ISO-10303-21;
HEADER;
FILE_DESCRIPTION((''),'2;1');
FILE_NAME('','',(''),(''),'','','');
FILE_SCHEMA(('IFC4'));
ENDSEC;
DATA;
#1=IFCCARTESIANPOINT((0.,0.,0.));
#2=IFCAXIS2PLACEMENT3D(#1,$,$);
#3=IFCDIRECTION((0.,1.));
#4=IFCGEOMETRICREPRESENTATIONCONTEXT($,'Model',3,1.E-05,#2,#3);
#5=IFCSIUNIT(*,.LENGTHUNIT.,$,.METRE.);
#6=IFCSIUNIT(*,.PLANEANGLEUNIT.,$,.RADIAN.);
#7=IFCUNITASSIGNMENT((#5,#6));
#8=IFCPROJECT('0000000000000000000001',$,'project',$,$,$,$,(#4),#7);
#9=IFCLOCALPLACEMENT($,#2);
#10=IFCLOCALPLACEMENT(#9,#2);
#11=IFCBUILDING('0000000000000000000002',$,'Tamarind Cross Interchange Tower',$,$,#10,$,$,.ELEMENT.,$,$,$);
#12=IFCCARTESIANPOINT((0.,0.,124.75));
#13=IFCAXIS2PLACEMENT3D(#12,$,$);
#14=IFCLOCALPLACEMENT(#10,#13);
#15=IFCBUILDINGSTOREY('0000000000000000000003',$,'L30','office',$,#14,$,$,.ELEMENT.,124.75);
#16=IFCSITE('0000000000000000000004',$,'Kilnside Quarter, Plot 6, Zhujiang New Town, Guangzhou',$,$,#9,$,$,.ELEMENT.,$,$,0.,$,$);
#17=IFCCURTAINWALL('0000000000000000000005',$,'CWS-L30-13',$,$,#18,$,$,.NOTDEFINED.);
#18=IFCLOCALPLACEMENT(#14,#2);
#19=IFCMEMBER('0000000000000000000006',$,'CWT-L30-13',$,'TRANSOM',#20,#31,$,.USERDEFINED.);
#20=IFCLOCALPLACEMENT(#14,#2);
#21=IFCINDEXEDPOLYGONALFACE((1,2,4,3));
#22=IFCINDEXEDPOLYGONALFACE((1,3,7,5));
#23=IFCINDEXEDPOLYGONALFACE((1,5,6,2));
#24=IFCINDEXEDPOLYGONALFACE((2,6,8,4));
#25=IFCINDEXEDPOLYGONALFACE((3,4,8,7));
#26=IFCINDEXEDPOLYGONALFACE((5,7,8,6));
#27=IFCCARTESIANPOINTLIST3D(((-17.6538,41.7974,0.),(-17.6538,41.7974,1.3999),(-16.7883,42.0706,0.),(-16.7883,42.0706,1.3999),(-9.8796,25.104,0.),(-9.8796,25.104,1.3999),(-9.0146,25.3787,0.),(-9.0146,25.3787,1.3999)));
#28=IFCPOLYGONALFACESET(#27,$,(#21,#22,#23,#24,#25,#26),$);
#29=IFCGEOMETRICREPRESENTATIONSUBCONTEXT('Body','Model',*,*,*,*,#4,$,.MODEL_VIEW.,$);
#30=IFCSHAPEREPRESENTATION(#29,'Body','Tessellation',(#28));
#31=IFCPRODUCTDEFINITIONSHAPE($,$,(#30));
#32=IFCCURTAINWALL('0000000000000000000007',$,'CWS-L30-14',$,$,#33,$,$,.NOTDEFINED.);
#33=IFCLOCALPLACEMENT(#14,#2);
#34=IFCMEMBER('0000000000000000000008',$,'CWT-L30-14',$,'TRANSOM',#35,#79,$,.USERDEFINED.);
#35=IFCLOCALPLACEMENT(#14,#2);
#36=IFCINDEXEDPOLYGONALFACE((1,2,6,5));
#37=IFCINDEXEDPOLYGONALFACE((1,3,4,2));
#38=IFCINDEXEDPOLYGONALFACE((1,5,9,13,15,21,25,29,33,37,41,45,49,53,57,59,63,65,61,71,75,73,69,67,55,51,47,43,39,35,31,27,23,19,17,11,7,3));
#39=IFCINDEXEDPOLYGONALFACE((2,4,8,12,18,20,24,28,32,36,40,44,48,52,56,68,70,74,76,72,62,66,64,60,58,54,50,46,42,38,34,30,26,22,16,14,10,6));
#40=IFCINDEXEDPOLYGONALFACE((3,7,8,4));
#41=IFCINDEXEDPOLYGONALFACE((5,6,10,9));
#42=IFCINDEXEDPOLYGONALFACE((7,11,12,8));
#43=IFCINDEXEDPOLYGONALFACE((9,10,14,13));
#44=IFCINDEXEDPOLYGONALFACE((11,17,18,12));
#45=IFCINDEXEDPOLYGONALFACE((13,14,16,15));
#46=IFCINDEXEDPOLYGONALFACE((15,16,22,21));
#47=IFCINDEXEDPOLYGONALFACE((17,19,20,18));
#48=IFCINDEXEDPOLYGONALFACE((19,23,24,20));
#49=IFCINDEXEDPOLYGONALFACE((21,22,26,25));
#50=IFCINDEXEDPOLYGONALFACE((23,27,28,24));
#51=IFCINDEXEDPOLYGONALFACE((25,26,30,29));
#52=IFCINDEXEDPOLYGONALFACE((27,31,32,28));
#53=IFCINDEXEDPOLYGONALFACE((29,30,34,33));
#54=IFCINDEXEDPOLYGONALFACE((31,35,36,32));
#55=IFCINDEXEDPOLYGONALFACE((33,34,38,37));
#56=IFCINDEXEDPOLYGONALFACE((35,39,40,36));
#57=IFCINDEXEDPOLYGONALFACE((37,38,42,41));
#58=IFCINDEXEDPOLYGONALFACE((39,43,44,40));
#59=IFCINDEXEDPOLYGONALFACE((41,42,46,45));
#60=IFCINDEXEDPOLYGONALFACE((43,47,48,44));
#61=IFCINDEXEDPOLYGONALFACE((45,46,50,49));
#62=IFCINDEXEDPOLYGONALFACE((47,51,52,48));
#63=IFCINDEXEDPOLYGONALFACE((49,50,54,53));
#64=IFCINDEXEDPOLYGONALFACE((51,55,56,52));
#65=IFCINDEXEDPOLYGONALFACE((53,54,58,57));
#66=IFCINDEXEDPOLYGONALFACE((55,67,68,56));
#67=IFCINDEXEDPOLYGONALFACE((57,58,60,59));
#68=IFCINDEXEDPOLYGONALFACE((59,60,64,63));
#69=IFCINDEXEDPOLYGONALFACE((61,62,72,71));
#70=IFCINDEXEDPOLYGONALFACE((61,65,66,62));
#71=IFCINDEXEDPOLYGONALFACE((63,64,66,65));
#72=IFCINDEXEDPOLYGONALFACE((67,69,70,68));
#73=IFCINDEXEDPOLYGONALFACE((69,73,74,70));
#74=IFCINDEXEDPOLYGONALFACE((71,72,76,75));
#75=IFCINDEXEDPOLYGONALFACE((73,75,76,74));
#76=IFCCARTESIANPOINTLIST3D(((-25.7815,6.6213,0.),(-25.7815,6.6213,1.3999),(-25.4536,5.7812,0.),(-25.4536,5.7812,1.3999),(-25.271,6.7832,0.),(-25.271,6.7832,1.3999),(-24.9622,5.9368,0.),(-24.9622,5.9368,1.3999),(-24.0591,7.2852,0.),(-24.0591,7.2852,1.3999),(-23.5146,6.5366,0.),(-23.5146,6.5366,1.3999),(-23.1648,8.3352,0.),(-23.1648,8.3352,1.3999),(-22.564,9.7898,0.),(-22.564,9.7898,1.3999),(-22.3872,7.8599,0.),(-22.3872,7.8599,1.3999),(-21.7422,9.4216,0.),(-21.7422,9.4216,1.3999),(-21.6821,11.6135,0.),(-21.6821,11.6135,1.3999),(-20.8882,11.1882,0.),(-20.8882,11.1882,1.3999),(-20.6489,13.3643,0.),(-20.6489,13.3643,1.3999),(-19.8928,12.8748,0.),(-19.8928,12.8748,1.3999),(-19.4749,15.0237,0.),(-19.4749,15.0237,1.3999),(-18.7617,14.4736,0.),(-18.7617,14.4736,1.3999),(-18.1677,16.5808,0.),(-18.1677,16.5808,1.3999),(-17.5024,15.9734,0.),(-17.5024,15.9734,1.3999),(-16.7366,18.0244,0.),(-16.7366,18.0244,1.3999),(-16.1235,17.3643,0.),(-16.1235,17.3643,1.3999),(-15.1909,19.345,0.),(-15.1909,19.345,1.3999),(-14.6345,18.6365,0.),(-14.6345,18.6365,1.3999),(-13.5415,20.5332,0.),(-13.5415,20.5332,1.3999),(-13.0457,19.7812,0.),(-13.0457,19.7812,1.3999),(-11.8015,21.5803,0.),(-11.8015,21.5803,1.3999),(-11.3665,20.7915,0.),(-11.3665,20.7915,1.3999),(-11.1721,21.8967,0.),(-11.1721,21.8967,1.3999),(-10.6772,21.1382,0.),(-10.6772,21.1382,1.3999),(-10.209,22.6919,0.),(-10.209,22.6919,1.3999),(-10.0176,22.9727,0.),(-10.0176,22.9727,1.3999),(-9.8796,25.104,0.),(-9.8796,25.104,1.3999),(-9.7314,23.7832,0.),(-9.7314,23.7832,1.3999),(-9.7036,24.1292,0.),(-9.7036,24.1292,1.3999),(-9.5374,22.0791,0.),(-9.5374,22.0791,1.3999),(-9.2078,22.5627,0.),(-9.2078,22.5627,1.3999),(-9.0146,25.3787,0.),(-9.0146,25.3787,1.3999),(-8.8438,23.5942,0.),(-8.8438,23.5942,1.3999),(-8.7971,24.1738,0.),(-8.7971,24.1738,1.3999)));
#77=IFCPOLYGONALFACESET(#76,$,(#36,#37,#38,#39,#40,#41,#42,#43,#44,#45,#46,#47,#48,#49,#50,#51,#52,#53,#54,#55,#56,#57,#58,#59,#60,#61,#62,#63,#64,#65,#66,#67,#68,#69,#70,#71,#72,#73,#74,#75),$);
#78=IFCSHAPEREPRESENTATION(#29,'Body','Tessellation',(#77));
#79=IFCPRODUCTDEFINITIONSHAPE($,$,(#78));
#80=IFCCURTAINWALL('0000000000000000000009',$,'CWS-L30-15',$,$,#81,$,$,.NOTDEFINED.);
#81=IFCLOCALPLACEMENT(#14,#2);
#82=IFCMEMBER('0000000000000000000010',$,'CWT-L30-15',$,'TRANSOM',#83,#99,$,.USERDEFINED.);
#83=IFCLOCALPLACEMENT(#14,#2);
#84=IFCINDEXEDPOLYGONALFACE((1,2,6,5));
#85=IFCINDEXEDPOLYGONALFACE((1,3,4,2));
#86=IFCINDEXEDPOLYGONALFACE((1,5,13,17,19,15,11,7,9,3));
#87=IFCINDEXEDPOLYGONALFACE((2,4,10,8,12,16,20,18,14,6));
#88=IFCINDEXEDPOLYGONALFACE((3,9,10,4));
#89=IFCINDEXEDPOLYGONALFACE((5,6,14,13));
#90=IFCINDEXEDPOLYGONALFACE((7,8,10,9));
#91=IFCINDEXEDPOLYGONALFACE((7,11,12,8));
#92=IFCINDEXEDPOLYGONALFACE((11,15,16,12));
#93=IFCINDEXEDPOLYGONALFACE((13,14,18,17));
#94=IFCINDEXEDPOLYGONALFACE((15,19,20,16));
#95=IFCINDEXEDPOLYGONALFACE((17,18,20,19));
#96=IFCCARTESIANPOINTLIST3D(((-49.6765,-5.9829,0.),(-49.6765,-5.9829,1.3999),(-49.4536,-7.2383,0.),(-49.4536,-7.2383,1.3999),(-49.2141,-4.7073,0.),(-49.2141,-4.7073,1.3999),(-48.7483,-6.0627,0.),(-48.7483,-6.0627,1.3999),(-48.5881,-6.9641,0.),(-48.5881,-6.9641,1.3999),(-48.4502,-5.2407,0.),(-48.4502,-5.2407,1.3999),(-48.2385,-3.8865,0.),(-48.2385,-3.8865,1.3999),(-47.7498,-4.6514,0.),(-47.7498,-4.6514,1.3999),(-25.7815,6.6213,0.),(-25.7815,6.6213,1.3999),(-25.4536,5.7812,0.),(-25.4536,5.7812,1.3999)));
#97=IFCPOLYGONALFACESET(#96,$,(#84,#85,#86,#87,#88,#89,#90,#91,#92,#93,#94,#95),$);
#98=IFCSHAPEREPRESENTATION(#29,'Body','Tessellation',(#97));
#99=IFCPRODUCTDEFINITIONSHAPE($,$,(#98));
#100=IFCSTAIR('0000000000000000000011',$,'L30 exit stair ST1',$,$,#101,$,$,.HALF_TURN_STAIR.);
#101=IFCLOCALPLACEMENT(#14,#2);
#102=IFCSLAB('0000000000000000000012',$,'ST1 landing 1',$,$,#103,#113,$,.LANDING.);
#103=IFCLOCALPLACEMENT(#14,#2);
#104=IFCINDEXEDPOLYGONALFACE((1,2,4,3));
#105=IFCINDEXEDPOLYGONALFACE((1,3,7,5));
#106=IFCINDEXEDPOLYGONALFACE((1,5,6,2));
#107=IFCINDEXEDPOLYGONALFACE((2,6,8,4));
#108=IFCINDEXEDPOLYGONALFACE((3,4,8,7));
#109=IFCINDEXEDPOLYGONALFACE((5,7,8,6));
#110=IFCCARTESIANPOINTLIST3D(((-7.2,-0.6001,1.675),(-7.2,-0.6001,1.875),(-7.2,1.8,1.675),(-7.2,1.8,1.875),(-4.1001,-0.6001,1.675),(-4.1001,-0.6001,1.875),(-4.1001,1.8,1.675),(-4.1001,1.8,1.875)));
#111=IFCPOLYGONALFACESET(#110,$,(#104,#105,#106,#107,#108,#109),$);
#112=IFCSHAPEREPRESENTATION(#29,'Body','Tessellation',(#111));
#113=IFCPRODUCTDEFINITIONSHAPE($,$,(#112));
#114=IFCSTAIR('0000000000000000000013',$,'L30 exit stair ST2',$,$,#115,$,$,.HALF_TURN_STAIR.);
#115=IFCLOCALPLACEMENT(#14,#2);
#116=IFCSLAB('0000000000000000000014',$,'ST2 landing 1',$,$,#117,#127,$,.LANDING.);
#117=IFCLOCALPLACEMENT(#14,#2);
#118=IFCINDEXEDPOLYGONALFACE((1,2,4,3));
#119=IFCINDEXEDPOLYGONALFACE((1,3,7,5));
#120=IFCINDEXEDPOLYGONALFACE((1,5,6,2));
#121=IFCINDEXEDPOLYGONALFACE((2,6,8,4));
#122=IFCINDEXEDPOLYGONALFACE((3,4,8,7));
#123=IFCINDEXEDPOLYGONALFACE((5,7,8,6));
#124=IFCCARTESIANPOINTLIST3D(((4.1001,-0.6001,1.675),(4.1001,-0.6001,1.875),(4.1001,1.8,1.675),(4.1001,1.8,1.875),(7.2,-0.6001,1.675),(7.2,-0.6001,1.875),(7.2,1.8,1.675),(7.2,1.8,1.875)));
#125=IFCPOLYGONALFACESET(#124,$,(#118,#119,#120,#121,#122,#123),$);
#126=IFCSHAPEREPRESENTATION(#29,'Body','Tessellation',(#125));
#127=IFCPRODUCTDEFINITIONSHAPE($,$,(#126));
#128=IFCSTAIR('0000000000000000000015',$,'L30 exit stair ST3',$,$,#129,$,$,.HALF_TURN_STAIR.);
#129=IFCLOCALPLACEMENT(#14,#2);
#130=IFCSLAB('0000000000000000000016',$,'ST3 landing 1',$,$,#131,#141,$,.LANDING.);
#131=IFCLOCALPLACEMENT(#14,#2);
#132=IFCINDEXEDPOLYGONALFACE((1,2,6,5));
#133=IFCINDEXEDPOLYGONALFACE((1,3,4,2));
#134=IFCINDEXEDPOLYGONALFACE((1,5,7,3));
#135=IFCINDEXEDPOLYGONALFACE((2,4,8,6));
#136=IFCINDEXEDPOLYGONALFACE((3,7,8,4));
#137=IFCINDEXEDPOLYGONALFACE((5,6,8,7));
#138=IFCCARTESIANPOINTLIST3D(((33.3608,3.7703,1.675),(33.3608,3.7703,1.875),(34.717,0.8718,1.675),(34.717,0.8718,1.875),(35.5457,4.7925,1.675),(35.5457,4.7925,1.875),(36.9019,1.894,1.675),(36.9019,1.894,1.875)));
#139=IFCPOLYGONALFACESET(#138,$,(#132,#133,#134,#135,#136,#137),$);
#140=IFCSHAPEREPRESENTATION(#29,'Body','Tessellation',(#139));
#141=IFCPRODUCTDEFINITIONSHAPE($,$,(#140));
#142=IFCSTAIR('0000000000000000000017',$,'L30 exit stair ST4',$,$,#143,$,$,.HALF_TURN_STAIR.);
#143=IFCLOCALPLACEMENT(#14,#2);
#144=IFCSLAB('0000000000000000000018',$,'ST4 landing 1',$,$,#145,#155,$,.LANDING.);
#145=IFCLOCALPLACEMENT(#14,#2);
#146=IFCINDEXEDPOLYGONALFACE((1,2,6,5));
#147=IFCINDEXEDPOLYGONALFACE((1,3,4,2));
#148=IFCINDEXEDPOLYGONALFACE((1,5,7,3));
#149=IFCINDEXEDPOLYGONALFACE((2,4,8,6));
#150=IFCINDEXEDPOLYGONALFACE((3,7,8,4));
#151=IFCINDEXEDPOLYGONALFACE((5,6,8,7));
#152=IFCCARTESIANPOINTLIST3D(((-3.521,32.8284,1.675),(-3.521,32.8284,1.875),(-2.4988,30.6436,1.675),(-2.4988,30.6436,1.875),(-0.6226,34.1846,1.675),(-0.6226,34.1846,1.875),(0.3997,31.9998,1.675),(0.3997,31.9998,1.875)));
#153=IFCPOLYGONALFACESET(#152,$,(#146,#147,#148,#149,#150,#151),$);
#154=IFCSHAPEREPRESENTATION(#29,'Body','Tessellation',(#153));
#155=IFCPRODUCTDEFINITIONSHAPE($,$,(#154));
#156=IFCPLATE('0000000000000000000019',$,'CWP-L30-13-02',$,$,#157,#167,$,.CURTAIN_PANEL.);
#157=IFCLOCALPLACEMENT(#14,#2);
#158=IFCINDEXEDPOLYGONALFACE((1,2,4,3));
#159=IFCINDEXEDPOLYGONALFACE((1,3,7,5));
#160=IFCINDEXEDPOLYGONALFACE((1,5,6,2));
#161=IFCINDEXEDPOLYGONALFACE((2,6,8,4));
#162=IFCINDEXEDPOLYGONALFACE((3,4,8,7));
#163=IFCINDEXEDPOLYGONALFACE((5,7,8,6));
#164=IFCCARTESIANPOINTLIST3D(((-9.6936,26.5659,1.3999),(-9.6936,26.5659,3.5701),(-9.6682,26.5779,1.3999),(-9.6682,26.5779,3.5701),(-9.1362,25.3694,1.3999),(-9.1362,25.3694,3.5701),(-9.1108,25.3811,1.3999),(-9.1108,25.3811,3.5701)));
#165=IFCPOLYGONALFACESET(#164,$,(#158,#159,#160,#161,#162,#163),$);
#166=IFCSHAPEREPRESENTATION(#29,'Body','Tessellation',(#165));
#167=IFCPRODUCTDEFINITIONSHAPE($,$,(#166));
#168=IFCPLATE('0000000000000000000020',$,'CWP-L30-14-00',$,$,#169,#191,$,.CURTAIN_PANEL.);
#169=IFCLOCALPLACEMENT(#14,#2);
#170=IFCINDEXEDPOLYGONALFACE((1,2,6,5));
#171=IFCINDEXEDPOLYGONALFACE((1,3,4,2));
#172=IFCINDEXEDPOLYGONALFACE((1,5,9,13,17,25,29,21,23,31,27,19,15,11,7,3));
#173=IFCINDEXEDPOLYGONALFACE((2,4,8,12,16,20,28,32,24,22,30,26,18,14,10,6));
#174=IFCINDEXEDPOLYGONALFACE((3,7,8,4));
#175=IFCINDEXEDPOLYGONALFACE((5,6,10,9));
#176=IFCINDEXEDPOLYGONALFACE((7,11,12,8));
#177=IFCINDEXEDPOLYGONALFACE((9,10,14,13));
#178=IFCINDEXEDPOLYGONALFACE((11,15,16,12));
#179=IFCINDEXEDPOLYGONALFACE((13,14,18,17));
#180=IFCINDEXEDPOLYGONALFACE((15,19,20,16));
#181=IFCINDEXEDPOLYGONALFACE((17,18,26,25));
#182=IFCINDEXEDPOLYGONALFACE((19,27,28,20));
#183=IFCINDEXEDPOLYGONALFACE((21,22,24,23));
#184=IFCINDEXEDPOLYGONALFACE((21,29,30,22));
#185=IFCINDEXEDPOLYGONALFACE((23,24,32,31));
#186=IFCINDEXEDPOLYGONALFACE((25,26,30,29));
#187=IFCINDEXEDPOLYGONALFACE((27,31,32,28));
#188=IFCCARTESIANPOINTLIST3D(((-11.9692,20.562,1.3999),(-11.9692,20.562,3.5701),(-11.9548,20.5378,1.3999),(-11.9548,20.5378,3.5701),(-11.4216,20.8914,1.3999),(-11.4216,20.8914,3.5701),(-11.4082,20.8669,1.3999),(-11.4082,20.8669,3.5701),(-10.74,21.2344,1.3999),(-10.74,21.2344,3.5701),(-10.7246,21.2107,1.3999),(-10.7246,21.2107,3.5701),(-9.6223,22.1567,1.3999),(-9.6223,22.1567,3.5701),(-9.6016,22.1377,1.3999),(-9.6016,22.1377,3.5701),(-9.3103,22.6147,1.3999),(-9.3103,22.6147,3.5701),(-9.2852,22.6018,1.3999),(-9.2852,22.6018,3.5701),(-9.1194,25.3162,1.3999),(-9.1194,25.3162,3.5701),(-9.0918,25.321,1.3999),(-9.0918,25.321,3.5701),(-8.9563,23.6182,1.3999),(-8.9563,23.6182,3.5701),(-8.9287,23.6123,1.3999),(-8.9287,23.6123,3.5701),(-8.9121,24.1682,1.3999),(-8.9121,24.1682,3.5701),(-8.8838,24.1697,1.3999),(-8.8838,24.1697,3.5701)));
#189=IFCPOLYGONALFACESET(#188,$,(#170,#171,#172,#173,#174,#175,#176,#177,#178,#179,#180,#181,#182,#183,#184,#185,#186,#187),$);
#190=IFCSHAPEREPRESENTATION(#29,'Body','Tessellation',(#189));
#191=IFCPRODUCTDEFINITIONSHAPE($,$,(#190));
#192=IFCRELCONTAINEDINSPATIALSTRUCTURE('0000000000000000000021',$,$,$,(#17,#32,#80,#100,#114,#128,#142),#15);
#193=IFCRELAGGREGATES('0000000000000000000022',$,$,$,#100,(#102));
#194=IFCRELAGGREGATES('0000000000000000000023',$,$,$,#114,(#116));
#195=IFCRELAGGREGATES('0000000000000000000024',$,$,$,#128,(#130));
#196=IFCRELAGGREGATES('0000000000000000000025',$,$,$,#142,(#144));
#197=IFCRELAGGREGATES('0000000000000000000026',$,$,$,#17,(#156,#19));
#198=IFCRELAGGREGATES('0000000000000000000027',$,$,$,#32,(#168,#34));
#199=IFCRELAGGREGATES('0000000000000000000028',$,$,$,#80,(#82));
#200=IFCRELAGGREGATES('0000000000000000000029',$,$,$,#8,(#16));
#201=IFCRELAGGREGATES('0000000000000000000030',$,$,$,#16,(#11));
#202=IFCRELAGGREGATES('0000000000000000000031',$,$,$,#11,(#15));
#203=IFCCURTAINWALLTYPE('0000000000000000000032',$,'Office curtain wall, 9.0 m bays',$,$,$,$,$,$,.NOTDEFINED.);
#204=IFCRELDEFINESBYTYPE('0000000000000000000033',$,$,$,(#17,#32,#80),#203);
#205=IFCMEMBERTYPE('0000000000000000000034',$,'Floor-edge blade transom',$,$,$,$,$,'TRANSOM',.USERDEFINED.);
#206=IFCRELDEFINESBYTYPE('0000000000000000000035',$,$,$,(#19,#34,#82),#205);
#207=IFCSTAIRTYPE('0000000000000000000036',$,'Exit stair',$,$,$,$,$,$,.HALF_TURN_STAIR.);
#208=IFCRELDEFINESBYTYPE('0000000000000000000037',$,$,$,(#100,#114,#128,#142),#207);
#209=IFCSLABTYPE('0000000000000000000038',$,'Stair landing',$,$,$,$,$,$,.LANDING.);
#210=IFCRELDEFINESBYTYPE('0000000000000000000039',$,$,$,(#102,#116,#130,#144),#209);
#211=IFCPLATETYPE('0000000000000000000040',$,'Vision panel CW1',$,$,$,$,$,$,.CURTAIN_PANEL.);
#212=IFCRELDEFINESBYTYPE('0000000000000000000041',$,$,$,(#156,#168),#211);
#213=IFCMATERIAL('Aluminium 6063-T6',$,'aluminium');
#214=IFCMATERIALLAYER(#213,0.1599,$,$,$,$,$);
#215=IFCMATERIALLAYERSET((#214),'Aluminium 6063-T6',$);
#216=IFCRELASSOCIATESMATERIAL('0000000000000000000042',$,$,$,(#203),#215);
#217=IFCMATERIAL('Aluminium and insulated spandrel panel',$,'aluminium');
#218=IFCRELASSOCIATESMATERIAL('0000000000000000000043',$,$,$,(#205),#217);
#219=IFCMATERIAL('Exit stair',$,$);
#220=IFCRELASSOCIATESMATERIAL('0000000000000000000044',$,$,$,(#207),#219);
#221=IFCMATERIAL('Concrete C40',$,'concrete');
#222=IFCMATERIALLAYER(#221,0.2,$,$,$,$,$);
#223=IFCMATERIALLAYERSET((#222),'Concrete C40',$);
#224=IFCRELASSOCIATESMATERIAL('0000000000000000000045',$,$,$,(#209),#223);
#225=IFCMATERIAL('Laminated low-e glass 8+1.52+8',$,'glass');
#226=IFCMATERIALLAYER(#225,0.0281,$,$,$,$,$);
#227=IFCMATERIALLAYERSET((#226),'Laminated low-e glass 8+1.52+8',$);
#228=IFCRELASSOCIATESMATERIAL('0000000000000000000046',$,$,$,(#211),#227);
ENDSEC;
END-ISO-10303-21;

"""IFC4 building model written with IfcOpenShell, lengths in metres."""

from ifc_helpers import new_model, si_unit, direction, frame, origin, place, context, subcontext, project, spatial, polyline, outline, extrude, material, layer, layer_set, type_object, element, aggregate, save


model = new_model("IFC4")

# Units and contexts
model_context = context("Model", 3, precision=1e-05, world=origin(), true_north=direction((0.0, 1.0)))
body_context = subcontext(model_context, "Body", "Model", "MODEL_VIEW")
ifc_project = project(units=[si_unit("LENGTHUNIT", "METRE"), si_unit("PLANEANGLEUNIT", "RADIAN")], contexts=[model_context])

# Site, building, storey
site_placement = place(None, origin())
site = spatial("IfcSite", under=ifc_project, at=site_placement, Name="Kilnside Quarter, Plot 6, Zhujiang New Town, Guangzhou", CompositionType="ELEMENT", RefElevation=0.0)
building_placement = place(site_placement, origin())
building = spatial("IfcBuilding", under=site, at=building_placement, Name="Tamarind Cross Interchange Tower", CompositionType="ELEMENT")
storey_placement = place(building_placement, frame((0.0, 0.0, 124.75)))
storey = spatial("IfcBuildingStorey", under=building, at=storey_placement, Name="L30", Description="office", CompositionType="ELEMENT", Elevation=124.75)

# Curtain walls, members
ifc_material_1 = material(Name="Aluminium 6063-T6", Category="aluminium")
ifc_layer_1 = layer(ifc_material_1, 0.1599)
ifc_layer_set_1 = layer_set([ifc_layer_1], Name="Aluminium 6063-T6")
curtain_wall_type = type_object("IfcCurtainWallType", Name="Office curtain wall, 9.0 m bays", PredefinedType="NOTDEFINED", material=ifc_layer_set_1)
curtain_wall_1_placement = place(storey_placement, origin())
curtain_wall_1 = element("IfcCurtainWall", 1, at=curtain_wall_1_placement, inside=storey, type_object=curtain_wall_type, Name="CWS-L30-13", PredefinedType="NOTDEFINED")
ifc_material_2 = material(Name="Aluminium and insulated spandrel panel", Category="aluminium")
member_type = type_object("IfcMemberType", Name="Floor-edge blade transom", ElementType="TRANSOM", PredefinedType="USERDEFINED", material=ifc_material_2)
member_1_placement = place(storey_placement, origin())
member_1 = element("IfcMember", 2, at=member_1_placement, type_object=member_type, Name="CWT-L30-13", ObjectType="TRANSOM", PredefinedType="USERDEFINED", context=body_context, shape_type="SweptSolid", body=[
    extrude(outline(polyline([(-16.7883, 42.0706), (-9.0146, 25.3787), (-9.8796, 25.104), (-17.6538, 41.7974), (-16.7883, 42.0706)])), origin(), (0.0, 0.0, 1.0), 1.3999),
])
curtain_wall_2_placement = place(storey_placement, origin())
curtain_wall_2 = element("IfcCurtainWall", 3, at=curtain_wall_2_placement, inside=storey, type_object=curtain_wall_type, Name="CWS-L30-14", PredefinedType="NOTDEFINED")
member_2_placement = place(storey_placement, origin())
member_2 = element("IfcMember", 4, at=member_2_placement, type_object=member_type, Name="CWT-L30-14", ObjectType="TRANSOM", PredefinedType="USERDEFINED", context=body_context, shape_type="SweptSolid", body=[
    extrude(outline(polyline([(-9.0146, 25.3787), (-8.7971, 24.1738), (-8.8438, 23.5942), (-9.2078, 22.5627), (-9.5374, 22.0791), (-10.6772, 21.1382), (-11.3665, 20.7915), (-13.0457, 19.7812), (-14.6345, 18.6365), (-16.1235, 17.3643), (-17.5024, 15.9734), (-18.7617, 14.4736), (-19.8928, 12.8748), (-20.8882, 11.1882), (-21.7422, 9.4216), (-22.3872, 7.8599), (-23.5146, 6.5366), (-24.9622, 5.9368), (-25.4536, 5.7812), (-25.7815, 6.6213), (-25.271, 6.7832), (-24.0591, 7.2852), (-23.1648, 8.3352), (-22.564, 9.7898), (-21.6821, 11.6135), (-20.6489, 13.3643), (-19.4749, 15.0237), (-18.1677, 16.5808), (-16.7366, 18.0244), (-15.1909, 19.345), (-13.5415, 20.5332), (-11.8015, 21.5803), (-11.1721, 21.8967), (-10.209, 22.6919), (-10.0176, 22.9727), (-9.7314, 23.7832), (-9.7036, 24.1292), (-9.8796, 25.104), (-9.0146, 25.3787)])), origin(), (0.0, 0.0, 1.0), 1.3999),
])
curtain_wall_3_placement = place(storey_placement, origin())
curtain_wall_3 = element("IfcCurtainWall", 5, at=curtain_wall_3_placement, inside=storey, type_object=curtain_wall_type, Name="CWS-L30-15", PredefinedType="NOTDEFINED")
member_3_placement = place(storey_placement, origin())
member_3 = element("IfcMember", 6, at=member_3_placement, type_object=member_type, Name="CWT-L30-15", ObjectType="TRANSOM", PredefinedType="USERDEFINED", context=body_context, shape_type="SweptSolid", body=[
    extrude(outline(polyline([(-25.4536, 5.7812), (-47.7498, -4.6514), (-48.4502, -5.2407), (-48.7483, -6.0627), (-48.5881, -6.9641), (-49.4536, -7.2383), (-49.6765, -5.9829), (-49.2141, -4.7073), (-48.2385, -3.8865), (-25.7815, 6.6213), (-25.4536, 5.7812)])), origin(), (0.0, 0.0, 1.0), 1.3999),
])

# Stairs, slabs
ifc_material_3 = material(Name="Exit stair")
stair_type = type_object("IfcStairType", Name="Exit stair", PredefinedType="HALF_TURN_STAIR", material=ifc_material_3)
stair_1_placement = place(storey_placement, origin())
stair_1 = element("IfcStair", 7, at=stair_1_placement, inside=storey, type_object=stair_type, Name="L30 exit stair ST1", PredefinedType="HALF_TURN_STAIR")
ifc_material_4 = material(Name="Concrete C40", Category="concrete")
ifc_layer_2 = layer(ifc_material_4, 0.2)
ifc_layer_set_2 = layer_set([ifc_layer_2], Name="Concrete C40")
slab_type = type_object("IfcSlabType", Name="Stair landing", PredefinedType="LANDING", material=ifc_layer_set_2)
slab_1_placement = place(storey_placement, frame((0.0, 0.0, 1.675)))
slab_1 = element("IfcSlab", 8, at=slab_1_placement, type_object=slab_type, Name="ST1 landing 1", PredefinedType="LANDING", context=body_context, shape_type="SweptSolid", body=[
    extrude(outline(polyline([(-4.1001, -0.6001), (-4.1001, 1.8), (-7.2, 1.8), (-7.2, -0.6001), (-4.1001, -0.6001)])), origin(), (0.0, 0.0, 1.0), 0.2),
])
aggregate(stair_1, [slab_1])
stair_2_placement = place(storey_placement, origin())
stair_2 = element("IfcStair", 9, at=stair_2_placement, inside=storey, type_object=stair_type, Name="L30 exit stair ST2", PredefinedType="HALF_TURN_STAIR")
slab_2_placement = place(storey_placement, frame((0.0, 0.0, 1.675)))
slab_2 = element("IfcSlab", 10, at=slab_2_placement, type_object=slab_type, Name="ST2 landing 1", PredefinedType="LANDING", context=body_context, shape_type="SweptSolid", body=[
    extrude(outline(polyline([(7.2, -0.6001), (7.2, 1.8), (4.1001, 1.8), (4.1001, -0.6001), (7.2, -0.6001)])), origin(), (0.0, 0.0, 1.0), 0.2),
])
aggregate(stair_2, [slab_2])
stair_3_placement = place(storey_placement, origin())
stair_3 = element("IfcStair", 11, at=stair_3_placement, inside=storey, type_object=stair_type, Name="L30 exit stair ST3", PredefinedType="HALF_TURN_STAIR")
slab_3_placement = place(storey_placement, frame((0.0, 0.0, 1.675)))
slab_3 = element("IfcSlab", 12, at=slab_3_placement, type_object=slab_type, Name="ST3 landing 1", PredefinedType="LANDING", context=body_context, shape_type="SweptSolid", body=[
    extrude(outline(polyline([(34.717, 0.8718), (36.9019, 1.894), (35.5457, 4.7925), (33.3608, 3.7703), (34.717, 0.8718)])), origin(), (0.0, 0.0, 1.0), 0.2),
])
aggregate(stair_3, [slab_3])
stair_4_placement = place(storey_placement, origin())
stair_4 = element("IfcStair", 13, at=stair_4_placement, inside=storey, type_object=stair_type, Name="L30 exit stair ST4", PredefinedType="HALF_TURN_STAIR")
slab_4_placement = place(storey_placement, frame((0.0, 0.0, 1.675)))
slab_4 = element("IfcSlab", 14, at=slab_4_placement, type_object=slab_type, Name="ST4 landing 1", PredefinedType="LANDING", context=body_context, shape_type="SweptSolid", body=[
    extrude(outline(polyline([(0.3997, 31.9998), (-0.6226, 34.1846), (-3.521, 32.8284), (-2.4988, 30.6436), (0.3997, 31.9998)])), origin(), (0.0, 0.0, 1.0), 0.2),
])
aggregate(stair_4, [slab_4])

# Plates
ifc_material_5 = material(Name="Laminated low-e glass 8+1.52+8", Category="glass")
ifc_layer_3 = layer(ifc_material_5, 0.0281)
ifc_layer_set_3 = layer_set([ifc_layer_3], Name="Laminated low-e glass 8+1.52+8")
plate_type = type_object("IfcPlateType", Name="Vision panel CW1", PredefinedType="CURTAIN_PANEL", material=ifc_layer_set_3)
plate_1_placement = place(storey_placement, frame((0.0, 0.0, 1.3999)))
plate_1 = element("IfcPlate", 15, at=plate_1_placement, type_object=plate_type, Name="CWP-L30-13-02", PredefinedType="CURTAIN_PANEL", context=body_context, shape_type="SweptSolid", body=[
    extrude(outline(polyline([(-9.6682, 26.5779), (-9.1108, 25.3811), (-9.1362, 25.3694), (-9.6936, 26.5659), (-9.6682, 26.5779)])), origin(), (0.0, 0.0, 1.0), 2.1702),
])
aggregate(curtain_wall_1, [plate_1, member_1])
plate_2_placement = place(storey_placement, frame((0.0, 0.0, 1.3999)))
plate_2 = element("IfcPlate", 16, at=plate_2_placement, type_object=plate_type, Name="CWP-L30-14-00", PredefinedType="CURTAIN_PANEL", context=body_context, shape_type="SweptSolid", body=[
    extrude(outline(polyline([(-9.0918, 25.321), (-8.8838, 24.1697), (-8.9287, 23.6123), (-9.2852, 22.6018), (-9.6016, 22.1377), (-10.7246, 21.2107), (-11.4082, 20.8669), (-11.9548, 20.5378), (-11.9692, 20.562), (-11.4216, 20.8914), (-10.74, 21.2344), (-9.6223, 22.1567), (-9.3103, 22.6147), (-8.9563, 23.6182), (-8.9121, 24.1682), (-9.1194, 25.3162), (-9.0918, 25.321)])), origin(), (0.0, 0.0, 1.0), 2.1702),
])
aggregate(curtain_wall_2, [plate_2, member_2])
aggregate(curtain_wall_3, [member_3])

save(model, "model.ifc")
